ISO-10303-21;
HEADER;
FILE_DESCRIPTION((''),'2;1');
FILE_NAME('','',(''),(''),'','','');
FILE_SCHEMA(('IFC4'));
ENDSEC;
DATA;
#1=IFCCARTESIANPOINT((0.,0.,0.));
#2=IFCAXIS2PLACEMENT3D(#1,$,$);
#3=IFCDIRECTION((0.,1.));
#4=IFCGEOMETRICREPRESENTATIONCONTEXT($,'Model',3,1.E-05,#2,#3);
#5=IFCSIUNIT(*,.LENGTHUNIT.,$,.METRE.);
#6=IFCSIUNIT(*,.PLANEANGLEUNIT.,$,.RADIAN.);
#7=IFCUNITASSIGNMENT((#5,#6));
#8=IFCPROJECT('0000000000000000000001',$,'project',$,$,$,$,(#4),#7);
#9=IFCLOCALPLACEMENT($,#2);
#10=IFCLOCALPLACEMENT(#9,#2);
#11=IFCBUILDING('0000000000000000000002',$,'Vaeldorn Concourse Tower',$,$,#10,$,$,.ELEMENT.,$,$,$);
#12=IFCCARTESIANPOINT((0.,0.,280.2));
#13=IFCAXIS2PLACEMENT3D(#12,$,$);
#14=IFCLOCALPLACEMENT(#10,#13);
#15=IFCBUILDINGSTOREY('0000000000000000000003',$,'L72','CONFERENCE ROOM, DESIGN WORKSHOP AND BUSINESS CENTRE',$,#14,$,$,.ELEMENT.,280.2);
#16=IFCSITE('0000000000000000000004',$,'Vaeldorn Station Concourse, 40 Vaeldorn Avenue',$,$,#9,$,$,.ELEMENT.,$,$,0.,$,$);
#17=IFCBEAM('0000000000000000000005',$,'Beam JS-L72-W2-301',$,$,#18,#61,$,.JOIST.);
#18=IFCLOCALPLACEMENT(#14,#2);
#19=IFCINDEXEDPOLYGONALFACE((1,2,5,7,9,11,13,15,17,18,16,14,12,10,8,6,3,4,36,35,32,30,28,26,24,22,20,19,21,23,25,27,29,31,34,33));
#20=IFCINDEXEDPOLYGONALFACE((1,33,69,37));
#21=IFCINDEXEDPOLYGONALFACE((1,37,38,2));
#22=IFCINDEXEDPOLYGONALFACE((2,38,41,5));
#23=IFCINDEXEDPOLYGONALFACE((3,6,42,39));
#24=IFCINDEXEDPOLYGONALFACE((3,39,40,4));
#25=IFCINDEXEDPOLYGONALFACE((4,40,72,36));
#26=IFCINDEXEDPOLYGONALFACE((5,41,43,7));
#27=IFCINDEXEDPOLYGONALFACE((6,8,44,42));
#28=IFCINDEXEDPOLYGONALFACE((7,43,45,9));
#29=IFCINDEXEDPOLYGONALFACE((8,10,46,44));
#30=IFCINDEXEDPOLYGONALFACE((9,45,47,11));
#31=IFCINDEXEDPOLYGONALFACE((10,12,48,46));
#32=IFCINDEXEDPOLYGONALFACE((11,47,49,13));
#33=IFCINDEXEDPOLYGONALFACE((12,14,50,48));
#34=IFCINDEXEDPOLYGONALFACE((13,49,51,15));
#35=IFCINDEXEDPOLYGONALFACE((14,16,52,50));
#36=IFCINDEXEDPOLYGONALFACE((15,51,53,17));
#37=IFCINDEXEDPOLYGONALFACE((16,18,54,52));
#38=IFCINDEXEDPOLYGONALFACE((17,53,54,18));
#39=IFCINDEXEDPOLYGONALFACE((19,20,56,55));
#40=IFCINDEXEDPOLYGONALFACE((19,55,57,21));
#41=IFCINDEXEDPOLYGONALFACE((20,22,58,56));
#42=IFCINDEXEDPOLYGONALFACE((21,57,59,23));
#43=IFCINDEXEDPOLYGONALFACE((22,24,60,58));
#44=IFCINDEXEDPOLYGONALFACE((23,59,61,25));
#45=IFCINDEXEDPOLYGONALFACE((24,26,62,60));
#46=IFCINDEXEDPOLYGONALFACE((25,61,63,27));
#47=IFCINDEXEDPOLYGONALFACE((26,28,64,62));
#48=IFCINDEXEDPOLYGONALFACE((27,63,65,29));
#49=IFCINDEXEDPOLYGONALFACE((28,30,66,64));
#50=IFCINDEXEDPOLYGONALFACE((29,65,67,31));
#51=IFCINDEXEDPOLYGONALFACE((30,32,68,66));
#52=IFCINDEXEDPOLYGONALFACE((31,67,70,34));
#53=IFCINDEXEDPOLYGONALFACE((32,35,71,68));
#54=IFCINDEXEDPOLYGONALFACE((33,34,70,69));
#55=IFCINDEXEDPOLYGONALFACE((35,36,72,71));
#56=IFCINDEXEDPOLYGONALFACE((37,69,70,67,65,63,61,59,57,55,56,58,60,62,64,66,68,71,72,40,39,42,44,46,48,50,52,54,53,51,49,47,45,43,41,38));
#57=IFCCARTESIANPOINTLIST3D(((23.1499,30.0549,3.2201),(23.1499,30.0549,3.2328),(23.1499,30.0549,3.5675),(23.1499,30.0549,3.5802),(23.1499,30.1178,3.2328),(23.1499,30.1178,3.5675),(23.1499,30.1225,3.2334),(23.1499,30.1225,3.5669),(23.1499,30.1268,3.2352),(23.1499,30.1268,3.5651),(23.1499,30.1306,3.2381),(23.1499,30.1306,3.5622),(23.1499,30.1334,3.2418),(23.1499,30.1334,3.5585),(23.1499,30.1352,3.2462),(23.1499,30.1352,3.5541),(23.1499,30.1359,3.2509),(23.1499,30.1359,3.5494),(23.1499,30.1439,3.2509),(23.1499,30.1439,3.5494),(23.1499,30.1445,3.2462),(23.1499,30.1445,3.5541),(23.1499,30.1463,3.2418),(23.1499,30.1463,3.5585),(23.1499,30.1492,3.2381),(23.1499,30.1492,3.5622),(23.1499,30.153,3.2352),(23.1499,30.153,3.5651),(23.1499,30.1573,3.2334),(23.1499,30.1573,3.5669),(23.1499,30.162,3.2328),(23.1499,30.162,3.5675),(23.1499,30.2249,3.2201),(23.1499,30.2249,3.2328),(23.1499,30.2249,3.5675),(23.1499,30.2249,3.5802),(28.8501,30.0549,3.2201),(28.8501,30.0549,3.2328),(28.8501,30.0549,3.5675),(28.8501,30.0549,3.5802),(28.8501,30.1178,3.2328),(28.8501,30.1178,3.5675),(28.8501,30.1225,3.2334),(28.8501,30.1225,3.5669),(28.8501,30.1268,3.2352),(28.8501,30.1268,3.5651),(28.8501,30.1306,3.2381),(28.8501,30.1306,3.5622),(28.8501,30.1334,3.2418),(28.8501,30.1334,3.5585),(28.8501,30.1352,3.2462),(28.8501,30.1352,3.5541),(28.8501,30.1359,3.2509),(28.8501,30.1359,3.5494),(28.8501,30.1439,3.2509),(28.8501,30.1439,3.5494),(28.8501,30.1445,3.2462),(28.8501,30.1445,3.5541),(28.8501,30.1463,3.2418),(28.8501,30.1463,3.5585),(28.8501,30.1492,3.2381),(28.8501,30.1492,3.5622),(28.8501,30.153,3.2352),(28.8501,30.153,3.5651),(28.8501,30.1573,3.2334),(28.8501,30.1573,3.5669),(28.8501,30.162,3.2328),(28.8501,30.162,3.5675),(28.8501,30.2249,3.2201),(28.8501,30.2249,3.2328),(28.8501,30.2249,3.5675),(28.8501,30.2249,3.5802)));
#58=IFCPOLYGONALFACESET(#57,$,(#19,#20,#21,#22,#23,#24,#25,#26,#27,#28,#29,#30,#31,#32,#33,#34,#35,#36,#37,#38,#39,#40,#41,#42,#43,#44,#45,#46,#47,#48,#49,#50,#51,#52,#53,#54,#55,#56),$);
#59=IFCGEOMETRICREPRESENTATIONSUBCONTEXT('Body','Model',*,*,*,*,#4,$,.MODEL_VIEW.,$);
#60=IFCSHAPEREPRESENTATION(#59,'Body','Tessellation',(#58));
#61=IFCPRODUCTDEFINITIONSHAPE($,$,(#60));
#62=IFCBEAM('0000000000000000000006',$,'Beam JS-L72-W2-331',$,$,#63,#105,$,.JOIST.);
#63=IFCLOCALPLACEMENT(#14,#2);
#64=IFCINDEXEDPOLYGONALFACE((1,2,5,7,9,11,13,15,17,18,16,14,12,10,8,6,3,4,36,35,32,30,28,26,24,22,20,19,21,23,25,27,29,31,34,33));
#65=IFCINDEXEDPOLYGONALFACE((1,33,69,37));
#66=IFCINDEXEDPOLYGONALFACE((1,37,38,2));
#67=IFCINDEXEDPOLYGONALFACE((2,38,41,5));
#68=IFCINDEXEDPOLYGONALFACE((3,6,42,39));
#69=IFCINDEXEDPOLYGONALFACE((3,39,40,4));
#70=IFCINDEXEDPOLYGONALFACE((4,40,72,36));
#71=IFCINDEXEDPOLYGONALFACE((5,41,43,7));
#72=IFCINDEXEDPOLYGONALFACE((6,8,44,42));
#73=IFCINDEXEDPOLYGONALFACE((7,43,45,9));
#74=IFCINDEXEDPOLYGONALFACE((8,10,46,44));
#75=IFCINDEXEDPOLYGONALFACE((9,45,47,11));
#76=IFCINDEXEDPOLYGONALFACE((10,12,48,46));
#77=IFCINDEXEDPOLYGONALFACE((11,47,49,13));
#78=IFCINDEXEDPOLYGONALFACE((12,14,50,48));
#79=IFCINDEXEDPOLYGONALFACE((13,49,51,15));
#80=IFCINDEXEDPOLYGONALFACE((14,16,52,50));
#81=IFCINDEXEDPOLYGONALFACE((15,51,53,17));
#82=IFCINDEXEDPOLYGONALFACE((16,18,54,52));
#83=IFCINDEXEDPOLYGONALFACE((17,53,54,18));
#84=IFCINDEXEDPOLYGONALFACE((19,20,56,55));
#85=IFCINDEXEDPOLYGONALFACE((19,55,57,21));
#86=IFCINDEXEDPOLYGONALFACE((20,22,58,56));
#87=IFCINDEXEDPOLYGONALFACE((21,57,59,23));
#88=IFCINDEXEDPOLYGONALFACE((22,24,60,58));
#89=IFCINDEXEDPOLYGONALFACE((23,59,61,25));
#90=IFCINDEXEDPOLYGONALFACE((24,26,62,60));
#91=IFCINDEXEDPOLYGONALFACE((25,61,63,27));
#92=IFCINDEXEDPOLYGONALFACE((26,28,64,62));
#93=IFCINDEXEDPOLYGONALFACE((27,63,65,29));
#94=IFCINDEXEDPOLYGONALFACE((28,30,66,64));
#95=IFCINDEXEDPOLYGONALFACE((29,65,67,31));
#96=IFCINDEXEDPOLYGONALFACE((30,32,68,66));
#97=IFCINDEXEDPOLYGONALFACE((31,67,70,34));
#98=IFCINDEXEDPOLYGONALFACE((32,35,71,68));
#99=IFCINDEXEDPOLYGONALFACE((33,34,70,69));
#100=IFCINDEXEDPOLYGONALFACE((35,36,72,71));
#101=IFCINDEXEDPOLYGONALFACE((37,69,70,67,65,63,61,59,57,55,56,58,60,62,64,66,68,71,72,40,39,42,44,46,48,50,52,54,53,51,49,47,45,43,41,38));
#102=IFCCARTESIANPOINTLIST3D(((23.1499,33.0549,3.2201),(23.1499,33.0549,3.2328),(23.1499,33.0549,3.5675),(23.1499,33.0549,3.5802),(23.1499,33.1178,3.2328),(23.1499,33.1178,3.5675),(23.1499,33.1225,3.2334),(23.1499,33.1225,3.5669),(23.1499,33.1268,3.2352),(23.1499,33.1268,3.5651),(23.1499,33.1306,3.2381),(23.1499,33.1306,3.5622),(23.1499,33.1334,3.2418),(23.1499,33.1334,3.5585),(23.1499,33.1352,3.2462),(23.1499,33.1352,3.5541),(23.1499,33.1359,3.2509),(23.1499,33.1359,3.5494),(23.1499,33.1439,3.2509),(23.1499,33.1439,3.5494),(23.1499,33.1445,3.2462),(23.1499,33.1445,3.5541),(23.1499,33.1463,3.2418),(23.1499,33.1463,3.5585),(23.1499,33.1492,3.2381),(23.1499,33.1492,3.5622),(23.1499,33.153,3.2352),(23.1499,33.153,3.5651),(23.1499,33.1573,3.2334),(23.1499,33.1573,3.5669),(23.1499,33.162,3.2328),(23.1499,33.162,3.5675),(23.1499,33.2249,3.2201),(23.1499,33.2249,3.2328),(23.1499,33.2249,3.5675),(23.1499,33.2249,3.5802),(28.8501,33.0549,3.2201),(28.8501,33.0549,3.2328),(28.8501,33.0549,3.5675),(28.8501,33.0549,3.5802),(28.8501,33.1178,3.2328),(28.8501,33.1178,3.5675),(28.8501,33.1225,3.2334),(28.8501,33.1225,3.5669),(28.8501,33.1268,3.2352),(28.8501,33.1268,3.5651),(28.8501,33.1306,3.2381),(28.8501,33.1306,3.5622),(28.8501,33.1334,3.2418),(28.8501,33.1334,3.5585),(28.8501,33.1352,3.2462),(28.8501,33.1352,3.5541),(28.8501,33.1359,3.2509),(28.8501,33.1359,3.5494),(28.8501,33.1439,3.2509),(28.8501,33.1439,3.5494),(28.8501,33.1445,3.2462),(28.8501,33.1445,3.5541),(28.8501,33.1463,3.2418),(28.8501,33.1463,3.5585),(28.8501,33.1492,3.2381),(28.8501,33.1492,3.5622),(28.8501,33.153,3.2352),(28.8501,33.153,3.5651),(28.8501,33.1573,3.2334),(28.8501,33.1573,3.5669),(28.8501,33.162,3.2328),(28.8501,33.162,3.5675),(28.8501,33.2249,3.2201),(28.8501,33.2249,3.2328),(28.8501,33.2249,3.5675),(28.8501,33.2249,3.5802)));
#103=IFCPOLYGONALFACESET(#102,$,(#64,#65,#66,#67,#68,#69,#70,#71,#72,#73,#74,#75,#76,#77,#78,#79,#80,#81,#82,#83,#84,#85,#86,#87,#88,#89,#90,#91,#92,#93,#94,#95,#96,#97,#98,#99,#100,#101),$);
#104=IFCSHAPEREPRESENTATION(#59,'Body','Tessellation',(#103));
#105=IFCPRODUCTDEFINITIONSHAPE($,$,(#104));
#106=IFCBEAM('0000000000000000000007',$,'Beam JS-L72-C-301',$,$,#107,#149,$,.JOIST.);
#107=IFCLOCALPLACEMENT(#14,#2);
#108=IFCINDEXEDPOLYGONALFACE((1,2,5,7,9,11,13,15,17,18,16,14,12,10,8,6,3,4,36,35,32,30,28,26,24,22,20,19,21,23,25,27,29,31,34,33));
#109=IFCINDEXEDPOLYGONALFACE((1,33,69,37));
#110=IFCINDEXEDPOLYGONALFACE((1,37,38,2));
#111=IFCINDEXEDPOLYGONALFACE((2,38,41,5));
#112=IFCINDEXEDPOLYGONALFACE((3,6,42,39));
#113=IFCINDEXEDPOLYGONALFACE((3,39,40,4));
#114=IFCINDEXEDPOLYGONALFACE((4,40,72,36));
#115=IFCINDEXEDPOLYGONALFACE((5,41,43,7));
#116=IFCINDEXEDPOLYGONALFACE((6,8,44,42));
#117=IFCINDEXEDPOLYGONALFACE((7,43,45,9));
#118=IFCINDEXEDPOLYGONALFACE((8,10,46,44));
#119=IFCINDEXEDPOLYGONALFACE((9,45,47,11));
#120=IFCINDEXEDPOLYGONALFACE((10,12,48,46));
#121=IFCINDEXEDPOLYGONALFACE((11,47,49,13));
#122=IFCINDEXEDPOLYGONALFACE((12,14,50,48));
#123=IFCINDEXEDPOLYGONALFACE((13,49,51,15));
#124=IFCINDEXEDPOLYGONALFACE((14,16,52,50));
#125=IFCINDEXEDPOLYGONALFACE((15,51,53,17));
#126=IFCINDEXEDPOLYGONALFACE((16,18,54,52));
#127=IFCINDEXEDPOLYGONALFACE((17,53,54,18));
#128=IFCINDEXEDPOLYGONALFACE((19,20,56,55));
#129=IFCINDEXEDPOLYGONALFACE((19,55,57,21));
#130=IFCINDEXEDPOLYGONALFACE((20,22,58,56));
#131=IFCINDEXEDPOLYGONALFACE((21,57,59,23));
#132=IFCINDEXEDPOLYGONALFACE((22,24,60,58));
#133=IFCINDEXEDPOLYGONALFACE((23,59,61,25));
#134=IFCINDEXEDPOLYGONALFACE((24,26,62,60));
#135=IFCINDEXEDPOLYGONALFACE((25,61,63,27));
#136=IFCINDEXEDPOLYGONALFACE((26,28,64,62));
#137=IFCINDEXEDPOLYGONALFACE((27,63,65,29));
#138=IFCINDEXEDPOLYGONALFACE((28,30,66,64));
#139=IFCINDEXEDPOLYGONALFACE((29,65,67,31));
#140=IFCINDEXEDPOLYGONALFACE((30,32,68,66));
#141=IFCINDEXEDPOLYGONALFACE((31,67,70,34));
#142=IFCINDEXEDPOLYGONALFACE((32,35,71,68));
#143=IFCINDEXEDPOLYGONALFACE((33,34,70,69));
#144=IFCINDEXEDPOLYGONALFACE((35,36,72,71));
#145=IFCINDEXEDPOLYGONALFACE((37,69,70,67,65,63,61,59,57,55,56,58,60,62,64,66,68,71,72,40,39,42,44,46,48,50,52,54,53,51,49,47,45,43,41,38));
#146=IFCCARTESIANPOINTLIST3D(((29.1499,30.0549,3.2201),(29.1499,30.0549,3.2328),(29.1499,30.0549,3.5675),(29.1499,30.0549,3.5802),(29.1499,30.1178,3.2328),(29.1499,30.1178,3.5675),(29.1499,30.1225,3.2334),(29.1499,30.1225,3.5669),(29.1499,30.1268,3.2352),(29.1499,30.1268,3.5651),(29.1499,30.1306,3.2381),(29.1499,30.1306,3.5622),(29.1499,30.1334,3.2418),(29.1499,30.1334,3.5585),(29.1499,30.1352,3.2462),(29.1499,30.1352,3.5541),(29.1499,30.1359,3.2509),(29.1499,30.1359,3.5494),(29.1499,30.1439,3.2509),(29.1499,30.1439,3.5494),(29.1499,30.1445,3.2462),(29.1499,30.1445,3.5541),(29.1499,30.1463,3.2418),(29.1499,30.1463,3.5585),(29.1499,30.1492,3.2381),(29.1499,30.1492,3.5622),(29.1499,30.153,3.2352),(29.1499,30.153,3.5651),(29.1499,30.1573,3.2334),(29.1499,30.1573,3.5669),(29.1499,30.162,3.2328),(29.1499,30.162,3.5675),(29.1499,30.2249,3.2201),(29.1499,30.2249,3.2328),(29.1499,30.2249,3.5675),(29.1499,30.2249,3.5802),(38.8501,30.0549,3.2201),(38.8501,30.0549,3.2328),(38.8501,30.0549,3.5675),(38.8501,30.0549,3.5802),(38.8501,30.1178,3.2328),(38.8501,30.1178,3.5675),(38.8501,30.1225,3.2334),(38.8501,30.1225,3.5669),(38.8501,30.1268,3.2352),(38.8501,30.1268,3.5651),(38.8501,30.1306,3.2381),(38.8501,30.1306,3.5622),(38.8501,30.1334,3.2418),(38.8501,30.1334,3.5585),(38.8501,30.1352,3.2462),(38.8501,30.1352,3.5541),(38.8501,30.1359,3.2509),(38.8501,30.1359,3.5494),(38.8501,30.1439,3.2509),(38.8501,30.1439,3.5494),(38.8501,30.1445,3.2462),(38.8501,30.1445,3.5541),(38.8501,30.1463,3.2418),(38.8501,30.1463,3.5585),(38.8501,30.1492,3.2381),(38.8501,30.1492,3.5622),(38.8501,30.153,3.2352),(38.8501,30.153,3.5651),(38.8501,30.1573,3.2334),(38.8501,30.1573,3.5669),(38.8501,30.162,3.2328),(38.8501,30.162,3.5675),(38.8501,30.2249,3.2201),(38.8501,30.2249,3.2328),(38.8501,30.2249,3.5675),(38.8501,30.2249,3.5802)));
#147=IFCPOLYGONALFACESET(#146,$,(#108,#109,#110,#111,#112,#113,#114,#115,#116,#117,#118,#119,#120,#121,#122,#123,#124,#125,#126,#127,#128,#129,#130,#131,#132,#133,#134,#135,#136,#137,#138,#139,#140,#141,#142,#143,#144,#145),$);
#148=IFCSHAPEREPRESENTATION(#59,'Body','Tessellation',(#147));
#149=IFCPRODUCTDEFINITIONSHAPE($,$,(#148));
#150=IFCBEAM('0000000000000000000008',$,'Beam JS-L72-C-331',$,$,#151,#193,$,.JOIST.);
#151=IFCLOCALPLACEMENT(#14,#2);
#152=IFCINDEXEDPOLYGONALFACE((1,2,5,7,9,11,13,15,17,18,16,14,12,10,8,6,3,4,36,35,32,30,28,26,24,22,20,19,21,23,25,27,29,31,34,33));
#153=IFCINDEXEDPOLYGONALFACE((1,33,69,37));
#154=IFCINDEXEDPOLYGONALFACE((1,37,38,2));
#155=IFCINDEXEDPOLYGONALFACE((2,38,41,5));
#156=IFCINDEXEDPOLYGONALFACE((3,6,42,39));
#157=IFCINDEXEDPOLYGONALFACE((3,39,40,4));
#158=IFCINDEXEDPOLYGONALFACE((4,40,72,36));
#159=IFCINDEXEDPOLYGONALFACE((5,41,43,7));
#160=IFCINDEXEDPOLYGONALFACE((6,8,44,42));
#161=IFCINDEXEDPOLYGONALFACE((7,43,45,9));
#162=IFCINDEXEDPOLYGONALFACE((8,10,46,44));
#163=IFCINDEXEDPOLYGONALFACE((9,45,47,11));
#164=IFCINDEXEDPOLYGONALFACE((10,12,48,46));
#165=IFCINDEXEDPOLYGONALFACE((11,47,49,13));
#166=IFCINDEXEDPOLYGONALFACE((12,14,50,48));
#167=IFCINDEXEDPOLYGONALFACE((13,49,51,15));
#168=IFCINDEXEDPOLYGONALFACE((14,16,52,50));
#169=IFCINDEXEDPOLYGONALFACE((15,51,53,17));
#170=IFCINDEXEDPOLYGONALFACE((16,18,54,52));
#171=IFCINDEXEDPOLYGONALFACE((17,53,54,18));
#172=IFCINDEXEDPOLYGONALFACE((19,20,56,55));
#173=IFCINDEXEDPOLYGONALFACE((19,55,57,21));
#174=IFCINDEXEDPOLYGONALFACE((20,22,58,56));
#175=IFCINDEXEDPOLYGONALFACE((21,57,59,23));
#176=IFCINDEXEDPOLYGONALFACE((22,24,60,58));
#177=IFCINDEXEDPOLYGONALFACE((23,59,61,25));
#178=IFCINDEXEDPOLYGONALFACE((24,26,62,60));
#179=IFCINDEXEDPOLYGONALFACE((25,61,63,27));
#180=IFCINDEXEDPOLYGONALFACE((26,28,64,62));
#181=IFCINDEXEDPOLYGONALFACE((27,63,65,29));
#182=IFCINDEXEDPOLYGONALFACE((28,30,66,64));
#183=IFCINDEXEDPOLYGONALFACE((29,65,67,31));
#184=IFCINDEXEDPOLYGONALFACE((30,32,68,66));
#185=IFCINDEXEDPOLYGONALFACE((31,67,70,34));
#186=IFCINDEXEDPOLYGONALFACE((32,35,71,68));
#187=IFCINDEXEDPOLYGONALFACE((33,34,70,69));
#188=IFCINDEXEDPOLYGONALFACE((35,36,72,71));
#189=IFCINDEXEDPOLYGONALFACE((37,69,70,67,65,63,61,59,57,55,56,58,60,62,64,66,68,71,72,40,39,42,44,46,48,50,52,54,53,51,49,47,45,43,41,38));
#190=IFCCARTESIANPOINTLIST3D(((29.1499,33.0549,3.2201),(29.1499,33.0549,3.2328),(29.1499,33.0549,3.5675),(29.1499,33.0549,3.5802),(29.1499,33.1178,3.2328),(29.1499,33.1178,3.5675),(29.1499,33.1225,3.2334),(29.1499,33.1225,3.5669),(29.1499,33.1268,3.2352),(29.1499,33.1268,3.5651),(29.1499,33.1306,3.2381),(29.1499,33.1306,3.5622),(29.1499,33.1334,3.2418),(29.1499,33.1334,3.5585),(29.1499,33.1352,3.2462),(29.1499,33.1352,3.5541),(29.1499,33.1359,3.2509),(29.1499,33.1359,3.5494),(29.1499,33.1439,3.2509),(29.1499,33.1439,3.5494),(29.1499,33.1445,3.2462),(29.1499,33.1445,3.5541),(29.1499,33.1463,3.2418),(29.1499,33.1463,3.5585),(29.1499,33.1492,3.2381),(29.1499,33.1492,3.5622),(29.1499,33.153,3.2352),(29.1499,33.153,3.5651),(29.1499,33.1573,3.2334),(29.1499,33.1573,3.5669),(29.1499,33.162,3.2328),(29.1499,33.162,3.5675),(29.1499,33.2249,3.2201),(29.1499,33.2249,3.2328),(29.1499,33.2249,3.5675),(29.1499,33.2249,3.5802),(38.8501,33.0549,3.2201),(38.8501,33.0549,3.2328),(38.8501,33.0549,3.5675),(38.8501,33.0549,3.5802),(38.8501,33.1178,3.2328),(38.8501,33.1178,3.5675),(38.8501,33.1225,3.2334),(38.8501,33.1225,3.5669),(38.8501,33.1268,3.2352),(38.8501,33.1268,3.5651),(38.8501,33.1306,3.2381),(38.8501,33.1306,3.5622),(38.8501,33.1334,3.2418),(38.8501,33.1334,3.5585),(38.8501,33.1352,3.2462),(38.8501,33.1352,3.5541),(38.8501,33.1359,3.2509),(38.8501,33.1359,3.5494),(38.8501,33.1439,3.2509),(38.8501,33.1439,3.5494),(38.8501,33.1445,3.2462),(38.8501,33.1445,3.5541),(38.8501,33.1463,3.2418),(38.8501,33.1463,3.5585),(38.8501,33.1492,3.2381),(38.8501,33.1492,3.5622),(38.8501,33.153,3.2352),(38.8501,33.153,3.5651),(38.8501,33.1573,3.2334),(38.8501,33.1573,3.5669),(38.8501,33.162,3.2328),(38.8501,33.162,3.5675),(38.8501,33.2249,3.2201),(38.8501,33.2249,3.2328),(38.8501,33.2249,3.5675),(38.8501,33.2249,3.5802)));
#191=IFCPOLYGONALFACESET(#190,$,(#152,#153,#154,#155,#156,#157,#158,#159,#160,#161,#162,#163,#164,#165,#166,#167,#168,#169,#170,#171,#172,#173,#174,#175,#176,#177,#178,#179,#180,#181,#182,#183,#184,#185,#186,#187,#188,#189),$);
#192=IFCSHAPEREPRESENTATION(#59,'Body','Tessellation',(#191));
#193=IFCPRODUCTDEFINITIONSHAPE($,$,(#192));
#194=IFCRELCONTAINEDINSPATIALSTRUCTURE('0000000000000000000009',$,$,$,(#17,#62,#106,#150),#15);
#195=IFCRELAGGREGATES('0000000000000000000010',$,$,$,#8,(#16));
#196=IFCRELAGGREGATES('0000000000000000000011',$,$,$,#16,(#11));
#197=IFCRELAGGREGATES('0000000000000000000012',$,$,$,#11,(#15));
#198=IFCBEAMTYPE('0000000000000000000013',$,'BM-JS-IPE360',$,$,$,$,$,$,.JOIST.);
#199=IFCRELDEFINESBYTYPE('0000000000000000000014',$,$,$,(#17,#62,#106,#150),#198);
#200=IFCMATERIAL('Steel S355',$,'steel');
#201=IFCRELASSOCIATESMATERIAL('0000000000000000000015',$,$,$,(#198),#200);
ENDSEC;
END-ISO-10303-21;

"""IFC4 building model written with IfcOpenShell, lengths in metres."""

from ifc_helpers import new_model, si_unit, direction, frame, origin, origin_2d, place, context, subcontext, project, spatial, i_section, extrude, source, transform, mapped, material, material_profile, profile_set, type_object, element, save


model = new_model("IFC4")

# Units and contexts
model_context = context("Model", 3, precision=1e-05, world=origin(), true_north=direction((0.0, 1.0)))
body_context = subcontext(model_context, "Body", "Model", "MODEL_VIEW")
ifc_project = project(units=[si_unit("LENGTHUNIT", "METRE"), si_unit("PLANEANGLEUNIT", "RADIAN")], contexts=[model_context])

# Site, building, storey
site_placement = place(None, origin())
site = spatial("IfcSite", under=ifc_project, at=site_placement, Name="Vaeldorn Station Concourse, 40 Vaeldorn Avenue", CompositionType="ELEMENT", RefElevation=0.0)
building_placement = place(site_placement, origin())
building = spatial("IfcBuilding", under=site, at=building_placement, Name="Vaeldorn Concourse Tower", CompositionType="ELEMENT")
storey_placement = place(building_placement, frame((0.0, 0.0, 280.2)))
storey = spatial("IfcBuildingStorey", under=building, at=storey_placement, Name="L72", Description="CONFERENCE ROOM, DESIGN WORKSHOP AND BUSINESS CENTRE", CompositionType="ELEMENT", Elevation=280.2)

# Shared definitions
ifc_material_1 = material(Name="Steel S355", Category="steel")

# Beams
ifc_material_profile_1 = material_profile(ifc_material_1, i_section(OverallWidth=0.1699, OverallDepth=0.3601, WebThickness=0.0081, FlangeThickness=0.0127, FilletRadius=0.0181, at=origin_2d()), Name="IPE 360")
ifc_profile_set_1 = profile_set([ifc_material_profile_1], Name="Steel S355")
beam_type_1 = type_object("IfcBeamType", Name="BM-JS-IPE360", PredefinedType="JOIST", material=ifc_profile_set_1)
shared_shape_1 = source(origin(), body_context, "Body", "SweptSolid", [
    extrude(i_section(OverallWidth=0.1699, OverallDepth=0.3601, WebThickness=0.0081, FlangeThickness=0.0127, FilletRadius=0.0181, at=origin_2d()), origin(), (0.0, 0.0, 1.0), 5.7002),
])
for number, where, z_axis, x_axis, name in (
    (1, (23.1499, 30.1399, 3.4001), (1.0, 0.0, 0.0), (0.0, 1.0, 0.0), "Beam JS-L72-W2-301"),
    (2, (23.1499, 33.1399, 3.4001), (1.0, 0.0, 0.0), (0.0, 1.0, 0.0), "Beam JS-L72-W2-331"),
):
    element("IfcBeam", number, at=place(storey_placement, frame(where, z_axis=z_axis, x_axis=x_axis)), inside=storey, type_object=beam_type_1, Name=name, PredefinedType="JOIST", context=body_context, shape_type="MappedRepresentation", body=[
        mapped(shared_shape_1, transform((0.0, 0.0, 0.0), scale=1.0)),
    ])
shared_shape_2 = source(origin(), body_context, "Body", "SweptSolid", [
    extrude(i_section(OverallWidth=0.1699, OverallDepth=0.3601, WebThickness=0.0081, FlangeThickness=0.0127, FilletRadius=0.0181, at=origin_2d()), origin(), (0.0, 0.0, 1.0), 9.7002),
])
for number, where, z_axis, x_axis, name in (
    (3, (29.1499, 30.1399, 3.4001), (1.0, 0.0, 0.0), (0.0, 1.0, 0.0), "Beam JS-L72-C-301"),
    (4, (29.1499, 33.1399, 3.4001), (1.0, 0.0, 0.0), (0.0, 1.0, 0.0), "Beam JS-L72-C-331"),
):
    element("IfcBeam", number, at=place(storey_placement, frame(where, z_axis=z_axis, x_axis=x_axis)), inside=storey, type_object=beam_type_1, Name=name, PredefinedType="JOIST", context=body_context, shape_type="MappedRepresentation", body=[
        mapped(shared_shape_2, transform((0.0, 0.0, 0.0), scale=1.0)),
    ])

save(model, "model.ifc")
